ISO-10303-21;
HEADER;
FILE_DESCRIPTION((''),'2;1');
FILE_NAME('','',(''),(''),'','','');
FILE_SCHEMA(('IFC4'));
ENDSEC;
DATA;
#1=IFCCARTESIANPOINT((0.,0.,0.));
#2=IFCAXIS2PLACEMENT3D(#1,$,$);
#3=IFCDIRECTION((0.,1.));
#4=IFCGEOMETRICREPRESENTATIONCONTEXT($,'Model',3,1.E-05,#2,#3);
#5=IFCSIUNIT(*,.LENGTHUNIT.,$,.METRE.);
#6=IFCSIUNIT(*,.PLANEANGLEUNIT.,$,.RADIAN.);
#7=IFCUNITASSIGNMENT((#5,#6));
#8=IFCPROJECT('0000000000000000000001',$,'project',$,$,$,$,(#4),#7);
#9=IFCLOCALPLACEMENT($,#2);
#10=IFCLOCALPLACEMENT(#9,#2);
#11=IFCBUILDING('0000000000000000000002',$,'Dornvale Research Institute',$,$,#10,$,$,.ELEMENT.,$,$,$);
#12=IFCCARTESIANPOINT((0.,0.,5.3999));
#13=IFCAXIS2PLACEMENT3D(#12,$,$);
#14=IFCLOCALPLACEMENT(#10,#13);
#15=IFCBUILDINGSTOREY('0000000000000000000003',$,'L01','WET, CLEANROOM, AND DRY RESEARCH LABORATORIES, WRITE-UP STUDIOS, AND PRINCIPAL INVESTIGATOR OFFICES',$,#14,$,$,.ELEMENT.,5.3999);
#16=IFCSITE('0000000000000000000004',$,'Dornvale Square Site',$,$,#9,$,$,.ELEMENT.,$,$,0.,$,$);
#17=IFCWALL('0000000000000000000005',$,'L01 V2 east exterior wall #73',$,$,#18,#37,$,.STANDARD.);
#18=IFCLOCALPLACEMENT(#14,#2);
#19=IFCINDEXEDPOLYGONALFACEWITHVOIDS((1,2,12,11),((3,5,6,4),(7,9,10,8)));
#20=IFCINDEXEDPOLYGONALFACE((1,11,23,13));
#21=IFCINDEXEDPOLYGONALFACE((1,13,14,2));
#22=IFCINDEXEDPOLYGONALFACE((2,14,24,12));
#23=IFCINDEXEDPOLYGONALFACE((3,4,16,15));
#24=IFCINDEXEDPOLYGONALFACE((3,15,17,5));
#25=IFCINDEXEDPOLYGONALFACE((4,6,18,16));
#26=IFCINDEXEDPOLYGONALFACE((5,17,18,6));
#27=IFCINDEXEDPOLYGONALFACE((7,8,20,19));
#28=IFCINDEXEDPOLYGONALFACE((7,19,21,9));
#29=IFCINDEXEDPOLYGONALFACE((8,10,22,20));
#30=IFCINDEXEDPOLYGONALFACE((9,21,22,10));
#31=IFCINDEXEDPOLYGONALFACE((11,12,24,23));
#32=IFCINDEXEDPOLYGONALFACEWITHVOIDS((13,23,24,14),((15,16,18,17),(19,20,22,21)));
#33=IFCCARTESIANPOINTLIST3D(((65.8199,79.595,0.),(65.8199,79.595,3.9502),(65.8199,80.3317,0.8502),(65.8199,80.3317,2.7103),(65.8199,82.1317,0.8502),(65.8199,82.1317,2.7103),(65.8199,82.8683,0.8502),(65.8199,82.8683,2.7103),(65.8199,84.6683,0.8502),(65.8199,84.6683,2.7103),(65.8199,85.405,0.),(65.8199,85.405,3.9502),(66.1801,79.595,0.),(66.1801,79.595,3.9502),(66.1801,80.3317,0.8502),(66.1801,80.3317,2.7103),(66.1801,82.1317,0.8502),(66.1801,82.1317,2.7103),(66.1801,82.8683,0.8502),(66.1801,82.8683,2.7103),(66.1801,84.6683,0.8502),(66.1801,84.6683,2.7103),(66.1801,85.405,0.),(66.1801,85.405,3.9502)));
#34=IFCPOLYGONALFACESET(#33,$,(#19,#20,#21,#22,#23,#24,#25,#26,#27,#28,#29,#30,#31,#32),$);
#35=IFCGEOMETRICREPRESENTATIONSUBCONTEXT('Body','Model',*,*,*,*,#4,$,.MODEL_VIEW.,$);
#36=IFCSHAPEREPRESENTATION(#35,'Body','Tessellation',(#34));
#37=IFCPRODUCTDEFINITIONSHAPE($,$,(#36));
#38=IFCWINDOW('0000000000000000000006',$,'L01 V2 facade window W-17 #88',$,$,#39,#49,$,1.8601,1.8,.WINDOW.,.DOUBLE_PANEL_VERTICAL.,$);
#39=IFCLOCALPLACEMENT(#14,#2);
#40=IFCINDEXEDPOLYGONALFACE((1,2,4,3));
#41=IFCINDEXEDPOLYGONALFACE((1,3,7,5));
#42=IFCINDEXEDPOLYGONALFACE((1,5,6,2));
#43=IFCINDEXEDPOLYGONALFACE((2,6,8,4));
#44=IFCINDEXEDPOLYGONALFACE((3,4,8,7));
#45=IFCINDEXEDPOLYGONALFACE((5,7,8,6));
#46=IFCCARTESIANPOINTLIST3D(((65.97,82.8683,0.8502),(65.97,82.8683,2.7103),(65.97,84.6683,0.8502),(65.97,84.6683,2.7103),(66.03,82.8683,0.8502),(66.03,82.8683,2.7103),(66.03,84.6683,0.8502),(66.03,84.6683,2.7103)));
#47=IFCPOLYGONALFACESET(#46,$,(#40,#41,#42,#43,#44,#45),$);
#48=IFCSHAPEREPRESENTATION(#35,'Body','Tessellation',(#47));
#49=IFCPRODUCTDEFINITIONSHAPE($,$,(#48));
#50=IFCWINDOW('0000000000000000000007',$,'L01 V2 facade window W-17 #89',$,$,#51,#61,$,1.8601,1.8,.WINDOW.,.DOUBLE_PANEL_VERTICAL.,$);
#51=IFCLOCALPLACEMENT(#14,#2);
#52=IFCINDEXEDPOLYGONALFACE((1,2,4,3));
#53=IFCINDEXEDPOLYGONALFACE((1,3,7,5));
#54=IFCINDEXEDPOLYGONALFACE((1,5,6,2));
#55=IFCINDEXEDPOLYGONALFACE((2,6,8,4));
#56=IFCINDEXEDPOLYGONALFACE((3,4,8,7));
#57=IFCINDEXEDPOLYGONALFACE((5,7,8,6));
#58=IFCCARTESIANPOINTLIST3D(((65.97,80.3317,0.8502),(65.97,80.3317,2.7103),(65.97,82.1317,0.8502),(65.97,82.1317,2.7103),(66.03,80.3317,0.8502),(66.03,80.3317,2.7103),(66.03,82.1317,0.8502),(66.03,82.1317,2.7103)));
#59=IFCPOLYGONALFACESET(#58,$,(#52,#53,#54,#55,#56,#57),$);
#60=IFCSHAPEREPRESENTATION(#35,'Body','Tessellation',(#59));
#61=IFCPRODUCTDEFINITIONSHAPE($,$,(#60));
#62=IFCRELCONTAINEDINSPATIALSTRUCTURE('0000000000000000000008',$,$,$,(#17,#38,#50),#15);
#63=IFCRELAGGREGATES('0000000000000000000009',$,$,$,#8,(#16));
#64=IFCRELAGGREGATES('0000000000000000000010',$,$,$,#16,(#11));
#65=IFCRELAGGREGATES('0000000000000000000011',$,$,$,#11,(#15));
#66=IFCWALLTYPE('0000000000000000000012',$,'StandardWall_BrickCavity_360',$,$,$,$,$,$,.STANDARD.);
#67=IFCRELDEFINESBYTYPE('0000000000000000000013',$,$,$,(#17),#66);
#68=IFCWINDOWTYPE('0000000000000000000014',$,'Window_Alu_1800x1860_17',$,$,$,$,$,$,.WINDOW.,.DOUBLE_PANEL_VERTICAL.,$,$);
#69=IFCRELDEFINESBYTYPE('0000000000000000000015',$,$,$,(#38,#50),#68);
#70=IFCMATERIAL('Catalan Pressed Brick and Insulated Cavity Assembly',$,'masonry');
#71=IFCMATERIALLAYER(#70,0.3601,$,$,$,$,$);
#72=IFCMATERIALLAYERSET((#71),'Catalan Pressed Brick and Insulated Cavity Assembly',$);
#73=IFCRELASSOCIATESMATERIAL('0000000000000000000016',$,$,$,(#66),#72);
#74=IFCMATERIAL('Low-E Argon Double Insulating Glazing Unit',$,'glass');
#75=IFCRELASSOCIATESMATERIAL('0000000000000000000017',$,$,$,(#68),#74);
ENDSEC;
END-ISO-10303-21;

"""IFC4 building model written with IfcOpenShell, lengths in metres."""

from ifc_helpers import new_model, si_unit, direction, frame, frame_2d, origin, place, context, subcontext, project, spatial, rectangle, extrude, material, layer, layer_set, type_object, element, fill, save


model = new_model("IFC4")

# Units and contexts
model_context = context("Model", 3, precision=1e-05, world=origin(), true_north=direction((0.0, 1.0)))
body_context = subcontext(model_context, "Body", "Model", "MODEL_VIEW")
ifc_project = project(units=[si_unit("LENGTHUNIT", "METRE"), si_unit("PLANEANGLEUNIT", "RADIAN")], contexts=[model_context])

# Site, building, storey
site_placement = place(None, origin())
site = spatial("IfcSite", under=ifc_project, at=site_placement, Name="Dornvale Square Site", CompositionType="ELEMENT", RefElevation=0.0)
building_placement = place(site_placement, origin())
building = spatial("IfcBuilding", under=site, at=building_placement, Name="Dornvale Research Institute", CompositionType="ELEMENT")
storey_placement = place(building_placement, frame((0.0, 0.0, 5.3999)))
storey = spatial("IfcBuildingStorey", under=building, at=storey_placement, Name="L01", Description="WET, CLEANROOM, AND DRY RESEARCH LABORATORIES, WRITE-UP STUDIOS, AND PRINCIPAL INVESTIGATOR OFFICES", CompositionType="ELEMENT", Elevation=5.3999)

# Wall, openings, windows
ifc_material_1 = material(Name="Catalan Pressed Brick and Insulated Cavity Assembly", Category="masonry")
ifc_layer_1 = layer(ifc_material_1, 0.3601)
ifc_layer_set_1 = layer_set([ifc_layer_1], Name="Catalan Pressed Brick and Insulated Cavity Assembly")
wall_type_1 = type_object("IfcWallType", Name="StandardWall_BrickCavity_360", PredefinedType="STANDARD", material=ifc_layer_set_1)
wall_1_placement = place(storey_placement, frame((66.0, 85.405, 0.0), z_axis=(0.0, 0.0, 1.0), x_axis=(0.0, -1.0, 0.0)))
wall_1 = element("IfcWall", 1, at=wall_1_placement, inside=storey, type_object=wall_type_1, Name="L01 V2 east exterior wall #73", PredefinedType="STANDARD", context=body_context, shape_type="SweptSolid", body=[
    extrude(rectangle(XDim=5.8101, YDim=0.3601, at=frame_2d((2.905, 0.0))), origin(), (0.0, 0.0, 1.0), 3.9502),
])
opening_1_placement = place(wall_1_placement, frame((0.7368, 0.0, 0.8501)))
opening_1 = element("IfcOpeningElement", 2, at=opening_1_placement, cuts=wall_1, PredefinedType="OPENING", context=body_context, shape_type="SweptSolid", body=[
    extrude(rectangle(XDim=1.8, YDim=1.8601, at=frame_2d((0.8999, 0.9302))), frame((0.0, 0.1951, 0.0), z_axis=(0.0, -1.0, 0.0), x_axis=(1.0, 0.0, 0.0)), (0.0, 0.0, 1.0), 0.3901),
])
opening_2_placement = place(wall_1_placement, frame((3.2734, 0.0, 0.8501)))
opening_2 = element("IfcOpeningElement", 3, at=opening_2_placement, cuts=wall_1, PredefinedType="OPENING", context=body_context, shape_type="SweptSolid", body=[
    extrude(rectangle(XDim=1.8, YDim=1.8601, at=frame_2d((0.8999, 0.9302))), frame((0.0, 0.1951, 0.0), z_axis=(0.0, -1.0, 0.0), x_axis=(1.0, 0.0, 0.0)), (0.0, 0.0, 1.0), 0.3901),
])
ifc_material_2 = material(Name="Low-E Argon Double Insulating Glazing Unit", Category="glass")
window_type_1 = type_object("IfcWindowType", Name="Window_Alu_1800x1860_17", PartitioningType="DOUBLE_PANEL_VERTICAL", PredefinedType="WINDOW", material=ifc_material_2)
window_1_placement = place(opening_1_placement, origin())
window_1 = element("IfcWindow", 4, at=window_1_placement, inside=storey, type_object=window_type_1, Name="L01 V2 facade window W-17 #88", OverallHeight=1.8601, OverallWidth=1.8, PartitioningType="DOUBLE_PANEL_VERTICAL", PredefinedType="WINDOW", context=body_context, shape_type="SweptSolid", body=[
    extrude(rectangle(XDim=1.8, YDim=1.8601, at=frame_2d((0.8999, 0.9302))), frame((0.0, 0.03, 0.0), z_axis=(0.0, -1.0, 0.0), x_axis=(1.0, 0.0, 0.0)), (0.0, 0.0, 1.0), 0.0601),
])
fill(opening_1, window_1)
window_2_placement = place(opening_2_placement, origin())
window_2 = element("IfcWindow", 5, at=window_2_placement, inside=storey, type_object=window_type_1, Name="L01 V2 facade window W-17 #89", OverallHeight=1.8601, OverallWidth=1.8, PartitioningType="DOUBLE_PANEL_VERTICAL", PredefinedType="WINDOW", context=body_context, shape_type="SweptSolid", body=[
    extrude(rectangle(XDim=1.8, YDim=1.8601, at=frame_2d((0.8999, 0.9302))), frame((0.0, 0.03, 0.0), z_axis=(0.0, -1.0, 0.0), x_axis=(1.0, 0.0, 0.0)), (0.0, 0.0, 1.0), 0.0601),
])
fill(opening_2, window_2)

save(model, "model.ifc")
